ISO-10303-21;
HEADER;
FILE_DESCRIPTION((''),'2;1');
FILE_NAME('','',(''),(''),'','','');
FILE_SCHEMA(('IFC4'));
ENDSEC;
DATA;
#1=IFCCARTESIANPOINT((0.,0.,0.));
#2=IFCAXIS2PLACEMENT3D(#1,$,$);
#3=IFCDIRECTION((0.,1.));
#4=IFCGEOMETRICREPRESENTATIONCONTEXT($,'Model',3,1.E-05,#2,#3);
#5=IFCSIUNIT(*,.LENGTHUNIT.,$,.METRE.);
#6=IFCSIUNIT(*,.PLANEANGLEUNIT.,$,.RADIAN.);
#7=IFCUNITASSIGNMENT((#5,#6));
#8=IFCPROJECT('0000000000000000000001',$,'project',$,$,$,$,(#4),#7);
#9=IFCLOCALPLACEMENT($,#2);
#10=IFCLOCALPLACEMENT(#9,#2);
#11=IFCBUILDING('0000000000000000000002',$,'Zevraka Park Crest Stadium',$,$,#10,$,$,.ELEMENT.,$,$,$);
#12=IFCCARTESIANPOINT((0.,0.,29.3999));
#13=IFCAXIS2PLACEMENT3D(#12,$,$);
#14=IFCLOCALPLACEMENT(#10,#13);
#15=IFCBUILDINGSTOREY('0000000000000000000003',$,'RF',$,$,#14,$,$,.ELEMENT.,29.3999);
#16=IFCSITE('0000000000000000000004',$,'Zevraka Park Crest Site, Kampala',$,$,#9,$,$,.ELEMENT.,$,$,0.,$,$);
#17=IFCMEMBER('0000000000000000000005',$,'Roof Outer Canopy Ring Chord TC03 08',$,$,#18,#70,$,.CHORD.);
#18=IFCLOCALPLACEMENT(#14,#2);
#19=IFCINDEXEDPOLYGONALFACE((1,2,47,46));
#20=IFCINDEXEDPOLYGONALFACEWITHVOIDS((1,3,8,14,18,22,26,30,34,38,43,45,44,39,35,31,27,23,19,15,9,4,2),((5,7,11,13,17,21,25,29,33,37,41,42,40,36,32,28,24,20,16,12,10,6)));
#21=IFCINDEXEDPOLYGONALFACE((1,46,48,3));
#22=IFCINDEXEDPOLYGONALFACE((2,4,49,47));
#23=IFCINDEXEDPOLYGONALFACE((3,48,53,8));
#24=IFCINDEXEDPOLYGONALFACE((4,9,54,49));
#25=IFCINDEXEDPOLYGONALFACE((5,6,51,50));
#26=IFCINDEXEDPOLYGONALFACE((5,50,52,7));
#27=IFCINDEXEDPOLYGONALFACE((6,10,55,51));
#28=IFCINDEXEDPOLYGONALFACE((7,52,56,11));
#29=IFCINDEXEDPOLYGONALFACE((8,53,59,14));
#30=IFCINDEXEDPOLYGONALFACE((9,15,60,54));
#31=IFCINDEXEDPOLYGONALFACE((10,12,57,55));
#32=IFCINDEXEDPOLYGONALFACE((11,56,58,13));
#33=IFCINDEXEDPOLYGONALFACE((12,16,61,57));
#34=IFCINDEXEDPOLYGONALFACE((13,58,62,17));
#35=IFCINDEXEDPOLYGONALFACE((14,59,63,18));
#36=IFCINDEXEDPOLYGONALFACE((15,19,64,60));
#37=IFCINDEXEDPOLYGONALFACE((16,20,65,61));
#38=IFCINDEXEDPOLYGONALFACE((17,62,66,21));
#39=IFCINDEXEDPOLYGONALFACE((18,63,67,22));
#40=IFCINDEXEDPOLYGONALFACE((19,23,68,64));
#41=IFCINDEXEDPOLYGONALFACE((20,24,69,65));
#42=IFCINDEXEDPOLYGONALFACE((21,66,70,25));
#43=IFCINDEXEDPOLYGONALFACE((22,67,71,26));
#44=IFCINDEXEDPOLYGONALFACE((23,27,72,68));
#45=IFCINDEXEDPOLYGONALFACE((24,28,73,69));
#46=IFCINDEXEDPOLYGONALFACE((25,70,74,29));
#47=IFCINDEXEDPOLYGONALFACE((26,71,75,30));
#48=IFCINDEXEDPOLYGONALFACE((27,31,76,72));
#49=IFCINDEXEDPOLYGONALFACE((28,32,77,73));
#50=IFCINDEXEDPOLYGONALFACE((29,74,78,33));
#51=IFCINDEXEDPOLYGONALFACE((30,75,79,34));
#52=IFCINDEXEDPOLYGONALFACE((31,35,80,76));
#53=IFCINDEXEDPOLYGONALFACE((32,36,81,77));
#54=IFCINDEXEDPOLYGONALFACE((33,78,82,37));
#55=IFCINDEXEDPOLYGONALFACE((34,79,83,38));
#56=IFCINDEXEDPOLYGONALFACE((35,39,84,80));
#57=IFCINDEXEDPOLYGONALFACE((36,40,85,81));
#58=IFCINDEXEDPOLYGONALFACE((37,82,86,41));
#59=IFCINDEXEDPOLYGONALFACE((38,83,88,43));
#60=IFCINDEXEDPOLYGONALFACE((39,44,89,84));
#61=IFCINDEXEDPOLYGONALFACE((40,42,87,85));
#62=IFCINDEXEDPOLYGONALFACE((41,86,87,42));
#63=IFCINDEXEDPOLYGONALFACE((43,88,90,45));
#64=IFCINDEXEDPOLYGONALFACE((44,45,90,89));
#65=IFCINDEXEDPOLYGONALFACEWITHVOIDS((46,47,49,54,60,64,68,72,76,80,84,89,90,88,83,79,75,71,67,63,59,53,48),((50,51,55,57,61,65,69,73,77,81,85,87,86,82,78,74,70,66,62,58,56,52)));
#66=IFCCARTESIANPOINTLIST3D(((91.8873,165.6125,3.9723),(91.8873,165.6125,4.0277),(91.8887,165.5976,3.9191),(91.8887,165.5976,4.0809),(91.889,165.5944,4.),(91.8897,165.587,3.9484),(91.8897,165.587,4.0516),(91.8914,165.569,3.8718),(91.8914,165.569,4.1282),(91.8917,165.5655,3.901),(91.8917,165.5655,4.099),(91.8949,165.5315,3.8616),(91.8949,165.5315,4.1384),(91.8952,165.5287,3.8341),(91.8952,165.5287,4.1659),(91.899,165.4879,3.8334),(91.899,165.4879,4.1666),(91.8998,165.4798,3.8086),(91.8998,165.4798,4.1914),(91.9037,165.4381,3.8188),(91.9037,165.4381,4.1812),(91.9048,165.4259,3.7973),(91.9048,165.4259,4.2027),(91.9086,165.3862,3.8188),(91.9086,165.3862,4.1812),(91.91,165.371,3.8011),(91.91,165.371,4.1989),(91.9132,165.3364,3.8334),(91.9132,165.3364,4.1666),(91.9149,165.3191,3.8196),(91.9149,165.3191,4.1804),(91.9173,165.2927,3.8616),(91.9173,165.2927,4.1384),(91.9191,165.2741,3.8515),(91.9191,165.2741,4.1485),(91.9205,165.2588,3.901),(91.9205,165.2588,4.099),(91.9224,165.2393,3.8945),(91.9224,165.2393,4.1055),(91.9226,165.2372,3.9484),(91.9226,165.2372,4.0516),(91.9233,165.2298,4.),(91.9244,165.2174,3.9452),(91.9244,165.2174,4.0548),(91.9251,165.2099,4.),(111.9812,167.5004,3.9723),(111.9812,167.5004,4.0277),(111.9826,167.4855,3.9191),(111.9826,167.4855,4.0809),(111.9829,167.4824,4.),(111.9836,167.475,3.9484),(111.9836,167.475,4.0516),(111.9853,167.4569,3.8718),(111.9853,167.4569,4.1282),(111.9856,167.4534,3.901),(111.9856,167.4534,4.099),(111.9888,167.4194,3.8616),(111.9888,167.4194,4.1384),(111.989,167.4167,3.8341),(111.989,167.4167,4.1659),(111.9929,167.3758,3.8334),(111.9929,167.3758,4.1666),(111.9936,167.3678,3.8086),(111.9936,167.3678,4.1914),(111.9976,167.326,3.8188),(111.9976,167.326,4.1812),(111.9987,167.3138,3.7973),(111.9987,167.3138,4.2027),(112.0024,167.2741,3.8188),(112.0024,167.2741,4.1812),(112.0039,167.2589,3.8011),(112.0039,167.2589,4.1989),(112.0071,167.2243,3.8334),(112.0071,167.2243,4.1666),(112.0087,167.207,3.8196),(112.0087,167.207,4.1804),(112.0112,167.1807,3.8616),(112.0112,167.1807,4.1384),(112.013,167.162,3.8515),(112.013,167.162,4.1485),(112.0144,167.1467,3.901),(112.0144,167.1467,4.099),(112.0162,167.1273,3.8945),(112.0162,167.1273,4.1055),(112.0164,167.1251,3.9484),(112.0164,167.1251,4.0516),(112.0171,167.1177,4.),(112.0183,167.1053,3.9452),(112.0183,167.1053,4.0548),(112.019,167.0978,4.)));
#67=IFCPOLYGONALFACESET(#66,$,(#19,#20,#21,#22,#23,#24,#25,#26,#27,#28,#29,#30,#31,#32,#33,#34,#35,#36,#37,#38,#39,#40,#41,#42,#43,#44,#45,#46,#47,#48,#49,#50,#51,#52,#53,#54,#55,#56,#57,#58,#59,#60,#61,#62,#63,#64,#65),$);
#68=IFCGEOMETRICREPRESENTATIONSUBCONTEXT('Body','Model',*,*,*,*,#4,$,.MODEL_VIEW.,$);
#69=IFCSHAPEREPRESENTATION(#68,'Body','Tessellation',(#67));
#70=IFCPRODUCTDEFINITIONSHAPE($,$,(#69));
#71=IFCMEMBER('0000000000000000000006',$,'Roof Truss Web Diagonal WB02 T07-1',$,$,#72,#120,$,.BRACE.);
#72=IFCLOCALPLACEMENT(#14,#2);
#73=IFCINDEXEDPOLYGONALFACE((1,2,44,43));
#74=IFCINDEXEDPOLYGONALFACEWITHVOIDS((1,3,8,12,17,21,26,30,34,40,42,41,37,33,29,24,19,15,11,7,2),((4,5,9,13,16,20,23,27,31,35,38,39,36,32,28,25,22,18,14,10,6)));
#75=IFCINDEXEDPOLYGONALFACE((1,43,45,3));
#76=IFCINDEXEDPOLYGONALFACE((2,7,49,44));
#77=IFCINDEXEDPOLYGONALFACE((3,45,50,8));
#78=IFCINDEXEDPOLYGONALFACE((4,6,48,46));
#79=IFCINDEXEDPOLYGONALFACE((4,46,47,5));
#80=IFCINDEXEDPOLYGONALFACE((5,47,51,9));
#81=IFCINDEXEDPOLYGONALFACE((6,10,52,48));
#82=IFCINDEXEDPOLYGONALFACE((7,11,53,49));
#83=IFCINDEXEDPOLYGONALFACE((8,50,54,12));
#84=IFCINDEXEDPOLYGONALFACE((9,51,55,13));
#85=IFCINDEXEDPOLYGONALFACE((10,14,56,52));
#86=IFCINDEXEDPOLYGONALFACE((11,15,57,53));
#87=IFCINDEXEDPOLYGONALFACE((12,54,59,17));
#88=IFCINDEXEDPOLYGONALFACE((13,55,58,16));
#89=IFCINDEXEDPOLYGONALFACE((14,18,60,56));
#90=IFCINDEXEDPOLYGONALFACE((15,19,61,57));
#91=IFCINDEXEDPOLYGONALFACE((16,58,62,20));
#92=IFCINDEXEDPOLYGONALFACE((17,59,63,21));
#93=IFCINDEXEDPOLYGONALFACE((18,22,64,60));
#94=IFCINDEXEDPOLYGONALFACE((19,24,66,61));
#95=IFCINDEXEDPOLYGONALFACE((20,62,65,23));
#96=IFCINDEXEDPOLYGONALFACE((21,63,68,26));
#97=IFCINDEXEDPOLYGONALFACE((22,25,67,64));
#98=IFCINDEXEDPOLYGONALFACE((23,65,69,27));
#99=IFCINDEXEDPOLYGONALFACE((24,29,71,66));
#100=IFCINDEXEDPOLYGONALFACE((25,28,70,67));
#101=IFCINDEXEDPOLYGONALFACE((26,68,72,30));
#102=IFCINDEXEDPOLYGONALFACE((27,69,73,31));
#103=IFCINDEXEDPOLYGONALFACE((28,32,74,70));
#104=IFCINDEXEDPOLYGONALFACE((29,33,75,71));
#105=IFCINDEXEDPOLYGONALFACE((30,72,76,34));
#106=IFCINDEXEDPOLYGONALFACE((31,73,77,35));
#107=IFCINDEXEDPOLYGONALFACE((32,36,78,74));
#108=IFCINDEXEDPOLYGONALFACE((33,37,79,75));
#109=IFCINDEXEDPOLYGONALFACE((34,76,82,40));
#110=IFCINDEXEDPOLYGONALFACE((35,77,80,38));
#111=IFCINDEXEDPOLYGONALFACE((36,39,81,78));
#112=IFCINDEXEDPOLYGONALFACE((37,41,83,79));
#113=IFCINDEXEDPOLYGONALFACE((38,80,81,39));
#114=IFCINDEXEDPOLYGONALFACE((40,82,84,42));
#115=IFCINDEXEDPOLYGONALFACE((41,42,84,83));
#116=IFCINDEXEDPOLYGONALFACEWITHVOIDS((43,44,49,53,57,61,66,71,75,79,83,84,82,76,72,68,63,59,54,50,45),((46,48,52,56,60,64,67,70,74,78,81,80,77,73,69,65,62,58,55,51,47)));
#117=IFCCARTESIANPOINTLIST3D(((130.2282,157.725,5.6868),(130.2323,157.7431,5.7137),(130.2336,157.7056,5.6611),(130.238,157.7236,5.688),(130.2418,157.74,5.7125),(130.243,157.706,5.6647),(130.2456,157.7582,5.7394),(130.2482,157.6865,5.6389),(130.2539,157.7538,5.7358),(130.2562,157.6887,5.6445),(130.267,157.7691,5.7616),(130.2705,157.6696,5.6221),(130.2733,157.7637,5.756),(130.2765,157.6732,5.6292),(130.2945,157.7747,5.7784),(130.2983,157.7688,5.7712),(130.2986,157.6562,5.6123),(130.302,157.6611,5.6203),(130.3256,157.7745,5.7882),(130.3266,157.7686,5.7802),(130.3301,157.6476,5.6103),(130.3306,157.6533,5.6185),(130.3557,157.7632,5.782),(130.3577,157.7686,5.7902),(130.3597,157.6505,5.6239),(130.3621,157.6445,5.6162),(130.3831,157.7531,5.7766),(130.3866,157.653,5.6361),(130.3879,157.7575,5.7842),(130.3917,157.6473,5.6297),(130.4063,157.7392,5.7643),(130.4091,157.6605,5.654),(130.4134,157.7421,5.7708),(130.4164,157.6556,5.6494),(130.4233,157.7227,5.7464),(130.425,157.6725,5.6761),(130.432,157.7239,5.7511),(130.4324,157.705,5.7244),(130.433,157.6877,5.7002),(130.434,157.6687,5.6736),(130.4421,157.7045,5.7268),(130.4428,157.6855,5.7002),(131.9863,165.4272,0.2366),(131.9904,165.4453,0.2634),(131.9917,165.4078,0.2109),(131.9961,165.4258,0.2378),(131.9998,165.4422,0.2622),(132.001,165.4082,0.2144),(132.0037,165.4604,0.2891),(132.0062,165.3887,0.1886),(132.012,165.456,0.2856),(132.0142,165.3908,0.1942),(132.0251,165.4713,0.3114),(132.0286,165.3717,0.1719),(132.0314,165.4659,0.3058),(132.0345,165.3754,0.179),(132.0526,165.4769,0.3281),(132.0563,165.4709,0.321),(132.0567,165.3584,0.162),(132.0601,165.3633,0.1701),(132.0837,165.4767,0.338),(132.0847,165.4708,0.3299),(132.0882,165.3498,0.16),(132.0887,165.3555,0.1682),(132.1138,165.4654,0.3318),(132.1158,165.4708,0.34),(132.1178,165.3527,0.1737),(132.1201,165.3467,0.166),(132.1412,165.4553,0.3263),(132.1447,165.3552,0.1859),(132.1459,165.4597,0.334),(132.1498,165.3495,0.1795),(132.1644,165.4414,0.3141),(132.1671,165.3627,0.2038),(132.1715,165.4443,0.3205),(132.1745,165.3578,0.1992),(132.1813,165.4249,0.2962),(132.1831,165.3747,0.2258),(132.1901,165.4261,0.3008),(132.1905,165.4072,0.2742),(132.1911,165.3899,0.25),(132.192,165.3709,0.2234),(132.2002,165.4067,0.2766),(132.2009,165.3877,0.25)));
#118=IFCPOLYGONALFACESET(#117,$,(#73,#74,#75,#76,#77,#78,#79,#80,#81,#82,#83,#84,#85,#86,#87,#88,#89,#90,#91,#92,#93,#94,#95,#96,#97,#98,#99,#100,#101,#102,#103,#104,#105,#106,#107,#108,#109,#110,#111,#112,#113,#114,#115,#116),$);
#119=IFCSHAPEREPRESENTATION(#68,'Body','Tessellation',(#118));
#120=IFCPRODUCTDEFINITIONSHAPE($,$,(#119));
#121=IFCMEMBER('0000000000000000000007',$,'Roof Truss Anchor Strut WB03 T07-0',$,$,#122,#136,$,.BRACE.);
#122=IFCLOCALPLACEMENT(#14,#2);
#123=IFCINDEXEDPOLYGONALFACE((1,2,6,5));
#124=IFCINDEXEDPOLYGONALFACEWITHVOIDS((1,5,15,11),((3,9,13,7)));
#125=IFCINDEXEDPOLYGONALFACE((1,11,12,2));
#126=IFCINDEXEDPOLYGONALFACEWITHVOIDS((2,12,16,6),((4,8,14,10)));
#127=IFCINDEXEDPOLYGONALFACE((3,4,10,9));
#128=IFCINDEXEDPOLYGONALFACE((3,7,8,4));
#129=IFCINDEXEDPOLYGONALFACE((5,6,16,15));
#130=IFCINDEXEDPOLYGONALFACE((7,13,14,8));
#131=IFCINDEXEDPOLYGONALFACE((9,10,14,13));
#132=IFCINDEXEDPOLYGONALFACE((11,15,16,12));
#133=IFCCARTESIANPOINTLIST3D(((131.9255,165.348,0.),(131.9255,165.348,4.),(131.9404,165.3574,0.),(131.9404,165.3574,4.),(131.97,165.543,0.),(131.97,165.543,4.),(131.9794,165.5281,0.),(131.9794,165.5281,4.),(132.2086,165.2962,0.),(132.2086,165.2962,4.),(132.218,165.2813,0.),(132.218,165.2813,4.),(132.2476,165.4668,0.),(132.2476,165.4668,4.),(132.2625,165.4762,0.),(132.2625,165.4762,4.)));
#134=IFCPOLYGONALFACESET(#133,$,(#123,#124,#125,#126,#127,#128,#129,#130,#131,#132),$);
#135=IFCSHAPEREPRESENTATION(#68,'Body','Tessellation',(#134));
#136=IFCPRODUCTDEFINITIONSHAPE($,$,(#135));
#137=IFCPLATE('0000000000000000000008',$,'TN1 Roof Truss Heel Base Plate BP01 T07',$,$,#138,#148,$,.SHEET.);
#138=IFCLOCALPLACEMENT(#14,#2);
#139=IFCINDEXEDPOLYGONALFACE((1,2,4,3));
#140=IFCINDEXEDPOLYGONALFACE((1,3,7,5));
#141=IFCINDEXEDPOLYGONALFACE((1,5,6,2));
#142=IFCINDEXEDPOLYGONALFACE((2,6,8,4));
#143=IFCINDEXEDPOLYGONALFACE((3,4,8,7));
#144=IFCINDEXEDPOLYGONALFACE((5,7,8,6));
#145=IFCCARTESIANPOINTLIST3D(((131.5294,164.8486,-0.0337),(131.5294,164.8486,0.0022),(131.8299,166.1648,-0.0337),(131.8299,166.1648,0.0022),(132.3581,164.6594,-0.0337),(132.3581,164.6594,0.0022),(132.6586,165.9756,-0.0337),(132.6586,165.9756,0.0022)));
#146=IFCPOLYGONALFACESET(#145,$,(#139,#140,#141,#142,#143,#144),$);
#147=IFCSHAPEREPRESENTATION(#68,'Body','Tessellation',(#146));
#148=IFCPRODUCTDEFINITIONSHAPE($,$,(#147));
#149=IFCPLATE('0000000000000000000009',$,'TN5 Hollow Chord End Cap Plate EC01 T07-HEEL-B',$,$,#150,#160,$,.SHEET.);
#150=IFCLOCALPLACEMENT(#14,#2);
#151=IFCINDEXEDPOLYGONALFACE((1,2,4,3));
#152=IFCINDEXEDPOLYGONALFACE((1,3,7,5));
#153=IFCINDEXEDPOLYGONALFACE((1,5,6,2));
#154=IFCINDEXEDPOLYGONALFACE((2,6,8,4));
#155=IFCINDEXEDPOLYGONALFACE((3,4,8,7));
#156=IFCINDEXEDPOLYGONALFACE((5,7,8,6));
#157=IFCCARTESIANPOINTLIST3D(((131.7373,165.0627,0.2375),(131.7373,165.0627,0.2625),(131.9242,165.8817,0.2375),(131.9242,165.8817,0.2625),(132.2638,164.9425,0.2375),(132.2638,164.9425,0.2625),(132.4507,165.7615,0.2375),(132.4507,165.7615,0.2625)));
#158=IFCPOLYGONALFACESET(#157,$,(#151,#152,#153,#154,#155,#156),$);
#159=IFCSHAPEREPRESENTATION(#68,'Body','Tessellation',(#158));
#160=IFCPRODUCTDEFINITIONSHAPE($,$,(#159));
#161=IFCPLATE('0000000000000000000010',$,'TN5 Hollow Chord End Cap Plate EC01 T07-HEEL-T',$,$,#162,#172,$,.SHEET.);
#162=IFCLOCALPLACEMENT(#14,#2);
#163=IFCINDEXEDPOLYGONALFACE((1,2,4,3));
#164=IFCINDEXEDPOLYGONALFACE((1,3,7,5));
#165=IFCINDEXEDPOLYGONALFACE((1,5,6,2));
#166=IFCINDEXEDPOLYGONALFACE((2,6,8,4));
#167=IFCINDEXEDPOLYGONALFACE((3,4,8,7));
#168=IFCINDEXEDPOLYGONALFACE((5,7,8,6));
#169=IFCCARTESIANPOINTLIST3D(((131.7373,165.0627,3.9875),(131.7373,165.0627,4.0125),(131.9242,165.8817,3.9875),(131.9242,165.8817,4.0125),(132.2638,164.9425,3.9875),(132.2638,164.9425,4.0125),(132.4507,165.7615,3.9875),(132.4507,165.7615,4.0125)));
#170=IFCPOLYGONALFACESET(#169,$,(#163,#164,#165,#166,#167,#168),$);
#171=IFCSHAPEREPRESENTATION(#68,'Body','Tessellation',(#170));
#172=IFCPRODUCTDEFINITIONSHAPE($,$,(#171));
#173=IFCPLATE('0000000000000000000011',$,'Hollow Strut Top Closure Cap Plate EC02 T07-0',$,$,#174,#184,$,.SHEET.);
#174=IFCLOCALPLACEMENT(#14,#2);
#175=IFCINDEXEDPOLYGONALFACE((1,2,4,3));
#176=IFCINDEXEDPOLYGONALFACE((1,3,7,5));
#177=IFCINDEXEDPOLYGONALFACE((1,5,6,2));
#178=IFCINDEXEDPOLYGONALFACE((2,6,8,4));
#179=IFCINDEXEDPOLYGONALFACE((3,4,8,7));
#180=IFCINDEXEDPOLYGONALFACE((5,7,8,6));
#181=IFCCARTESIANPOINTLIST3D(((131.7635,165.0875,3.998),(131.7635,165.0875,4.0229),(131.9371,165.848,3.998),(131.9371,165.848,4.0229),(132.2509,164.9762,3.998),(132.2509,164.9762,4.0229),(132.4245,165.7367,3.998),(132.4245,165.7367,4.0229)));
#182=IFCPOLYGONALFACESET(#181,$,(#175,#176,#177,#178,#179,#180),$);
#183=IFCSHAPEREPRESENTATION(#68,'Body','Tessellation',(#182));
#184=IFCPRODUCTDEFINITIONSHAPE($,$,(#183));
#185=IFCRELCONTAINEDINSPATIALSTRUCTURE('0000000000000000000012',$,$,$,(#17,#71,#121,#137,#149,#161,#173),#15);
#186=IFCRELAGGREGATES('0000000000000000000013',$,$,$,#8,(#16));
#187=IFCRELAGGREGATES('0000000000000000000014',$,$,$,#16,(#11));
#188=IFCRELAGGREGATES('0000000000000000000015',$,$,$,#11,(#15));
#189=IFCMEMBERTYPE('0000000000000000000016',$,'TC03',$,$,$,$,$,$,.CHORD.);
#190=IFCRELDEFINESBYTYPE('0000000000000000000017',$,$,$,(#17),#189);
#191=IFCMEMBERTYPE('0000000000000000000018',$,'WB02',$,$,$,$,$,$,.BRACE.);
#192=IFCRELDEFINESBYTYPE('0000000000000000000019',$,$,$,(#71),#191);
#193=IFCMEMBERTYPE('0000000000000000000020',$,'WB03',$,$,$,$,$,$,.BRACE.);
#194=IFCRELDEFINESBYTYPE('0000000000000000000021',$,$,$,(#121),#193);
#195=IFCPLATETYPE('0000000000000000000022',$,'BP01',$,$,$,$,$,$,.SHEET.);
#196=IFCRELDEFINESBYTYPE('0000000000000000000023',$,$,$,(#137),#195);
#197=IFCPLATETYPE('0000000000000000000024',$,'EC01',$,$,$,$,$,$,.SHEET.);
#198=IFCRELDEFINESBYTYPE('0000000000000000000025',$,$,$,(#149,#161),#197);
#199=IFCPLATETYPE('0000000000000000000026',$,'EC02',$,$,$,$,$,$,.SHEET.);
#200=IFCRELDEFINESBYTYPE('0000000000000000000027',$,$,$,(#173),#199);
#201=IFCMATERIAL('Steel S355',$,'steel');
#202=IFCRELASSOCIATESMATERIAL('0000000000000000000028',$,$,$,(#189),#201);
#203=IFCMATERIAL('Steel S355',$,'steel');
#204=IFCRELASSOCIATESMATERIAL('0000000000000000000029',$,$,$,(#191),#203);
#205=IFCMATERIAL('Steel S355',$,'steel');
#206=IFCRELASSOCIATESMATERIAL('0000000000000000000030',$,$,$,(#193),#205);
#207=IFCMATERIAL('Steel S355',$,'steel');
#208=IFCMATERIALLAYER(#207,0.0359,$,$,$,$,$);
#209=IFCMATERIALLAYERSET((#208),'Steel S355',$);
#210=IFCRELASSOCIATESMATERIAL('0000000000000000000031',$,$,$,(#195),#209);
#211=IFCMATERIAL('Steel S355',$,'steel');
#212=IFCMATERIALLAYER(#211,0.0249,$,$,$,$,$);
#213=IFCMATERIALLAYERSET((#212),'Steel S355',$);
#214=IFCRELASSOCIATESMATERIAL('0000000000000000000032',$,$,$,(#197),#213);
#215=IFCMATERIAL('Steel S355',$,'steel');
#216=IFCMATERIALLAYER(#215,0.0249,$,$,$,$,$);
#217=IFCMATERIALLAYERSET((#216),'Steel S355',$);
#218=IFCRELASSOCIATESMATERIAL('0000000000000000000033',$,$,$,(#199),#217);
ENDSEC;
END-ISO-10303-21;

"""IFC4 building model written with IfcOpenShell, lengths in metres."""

from ifc_helpers import new_model, si_unit, direction, frame, origin, origin_2d, place, context, subcontext, project, spatial, rectangle, hollow_rectangle, hollow_circle, extrude, material, layer, layer_set, material_profile, profile_set, type_object, element, save


model = new_model("IFC4")

# Units and contexts
model_context = context("Model", 3, precision=1e-05, world=origin(), true_north=direction((0.0, 1.0)))
body_context = subcontext(model_context, "Body", "Model", "MODEL_VIEW")
ifc_project = project(units=[si_unit("LENGTHUNIT", "METRE"), si_unit("PLANEANGLEUNIT", "RADIAN")], contexts=[model_context])

# Site, building, storey
site_placement = place(None, origin())
site = spatial("IfcSite", under=ifc_project, at=site_placement, Name="Zevraka Park Crest Site, Kampala", CompositionType="ELEMENT", RefElevation=0.0)
building_placement = place(site_placement, origin())
building = spatial("IfcBuilding", under=site, at=building_placement, Name="Zevraka Park Crest Stadium", CompositionType="ELEMENT")
storey_placement = place(building_placement, frame((0.0, 0.0, 29.3999)))
storey = spatial("IfcBuildingStorey", under=building, at=storey_placement, Name="RF", CompositionType="ELEMENT", Elevation=29.3999)

# Members
ifc_material_1 = material(Name="Steel S355", Category="steel")
ifc_material_profile_1 = material_profile(ifc_material_1, hollow_circle(Radius=0.2031, WallThickness=0.02, at=origin_2d()), Name="CHS 406.4x20")
ifc_profile_set_1 = profile_set([ifc_material_profile_1], Name="Steel S355")
member_type_1 = type_object("IfcMemberType", Name="TC03", PredefinedType="CHORD", material=ifc_profile_set_1)
for number, where, z_axis, x_axis, name in (
    (1, (112.0, 167.3, 4.0), (-0.995615, -0.093543, 0.0), (0.093543, -0.995615, 0.0), "Roof Outer Canopy Ring Chord TC03 08"),
):
    element("IfcMember", number, at=place(storey_placement, frame(where, z_axis=z_axis, x_axis=x_axis)), inside=storey, type_object=member_type_1, Name=name, PredefinedType="CHORD", context=body_context, shape_type="SweptSolid", body=[
        extrude(hollow_circle(Radius=0.2031, WallThickness=0.02, at=origin_2d()), origin(), (0.0, 0.0, 1.0), 20.1824),
    ])
ifc_material_2 = material(Name="Steel S355", Category="steel")
ifc_material_profile_2 = material_profile(ifc_material_2, hollow_circle(Radius=0.1096, WallThickness=0.01, at=origin_2d()), Name="CHS 219.1x10")
ifc_profile_set_2 = profile_set([ifc_material_profile_2], Name="Steel S355")
member_type_2 = type_object("IfcMemberType", Name="WB02", PredefinedType="BRACE", material=ifc_profile_set_2)
member_1_placement = place(storey_placement, frame((132.094, 165.4121, 0.25), z_axis=(-0.183172, -0.802488, 0.567857), x_axis=(0.974925, -0.222532, 0.0)))
element("IfcMember", 2, at=member_1_placement, inside=storey, type_object=member_type_2, Name="Roof Truss Web Diagonal WB02 T07-1", PredefinedType="BRACE", context=body_context, shape_type="SweptSolid", body=[
    extrude(hollow_circle(Radius=0.1096, WallThickness=0.01, at=origin_2d()), origin(), (0.0, 0.0, 1.0), 9.5979),
])
ifc_material_3 = material(Name="Steel S355", Category="steel")
ifc_material_profile_3 = material_profile(ifc_material_3, hollow_rectangle(XDim=0.2, YDim=0.3, WallThickness=0.0125, at=origin_2d()), Name="RHS 300x200x12.5")
ifc_profile_set_3 = profile_set([ifc_material_profile_3], Name="Steel S355")
member_type_3 = type_object("IfcMemberType", Name="WB03", PredefinedType="BRACE", material=ifc_profile_set_3)
member_2_placement = place(storey_placement, frame((132.094, 165.4121, 0.0), z_axis=(0.0, 0.0, 1.0), x_axis=(0.22257, 0.974917, 0.0)))
element("IfcMember", 3, at=member_2_placement, inside=storey, type_object=member_type_3, Name="Roof Truss Anchor Strut WB03 T07-0", PredefinedType="BRACE", context=body_context, shape_type="SweptSolid", body=[
    extrude(hollow_rectangle(XDim=0.2, YDim=0.3, WallThickness=0.0125, at=origin_2d()), origin(), (0.0, 0.0, 1.0), 4.0),
])

# Plates
ifc_material_4 = material(Name="Steel S355", Category="steel")
ifc_layer_1 = layer(ifc_material_4, 0.0359)
ifc_layer_set_1 = layer_set([ifc_layer_1], Name="Steel S355")
plate_type_1 = type_object("IfcPlateType", Name="BP01", PredefinedType="SHEET", material=ifc_layer_set_1)
plate_1_placement = place(storey_placement, frame((132.094, 165.4121, -0.0337), z_axis=(0.0, 0.0, 1.0), x_axis=(0.22257, 0.974917, 0.0)))
element("IfcPlate", 4, at=plate_1_placement, inside=storey, type_object=plate_type_1, Name="TN1 Roof Truss Heel Base Plate BP01 T07", PredefinedType="SHEET", context=body_context, shape_type="SweptSolid", body=[
    extrude(rectangle(XDim=1.3501, YDim=0.8501, at=origin_2d()), origin(), (0.0, 0.0, 1.0), 0.0359),
])
ifc_material_5 = material(Name="Steel S355", Category="steel")
ifc_layer_2 = layer(ifc_material_5, 0.0249)
ifc_layer_set_2 = layer_set([ifc_layer_2], Name="Steel S355")
plate_type_2 = type_object("IfcPlateType", Name="EC01", PredefinedType="SHEET", material=ifc_layer_set_2)
for number, where, z_axis, x_axis, name in (
    (5, (132.094, 165.4121, 0.2375), (0.0, 0.0, 1.0), (0.22257, 0.974917, 0.0), "TN5 Hollow Chord End Cap Plate EC01 T07-HEEL-B"),
    (6, (132.094, 165.4121, 3.9875), (0.0, 0.0, 1.0), (0.22257, 0.974917, 0.0), "TN5 Hollow Chord End Cap Plate EC01 T07-HEEL-T"),
):
    element("IfcPlate", number, at=place(storey_placement, frame(where, z_axis=z_axis, x_axis=x_axis)), inside=storey, type_object=plate_type_2, Name=name, PredefinedType="SHEET", context=body_context, shape_type="SweptSolid", body=[
        extrude(rectangle(XDim=0.8401, YDim=0.54, at=origin_2d()), origin(), (0.0, 0.0, 1.0), 0.0249),
    ])
ifc_material_6 = material(Name="Steel S355", Category="steel")
ifc_layer_3 = layer(ifc_material_6, 0.0249)
ifc_layer_set_3 = layer_set([ifc_layer_3], Name="Steel S355")
plate_type_3 = type_object("IfcPlateType", Name="EC02", PredefinedType="SHEET", material=ifc_layer_set_3)
plate_2_placement = place(storey_placement, frame((132.094, 165.4121, 3.998), z_axis=(0.0, 0.0, 1.0), x_axis=(0.22257, 0.974917, 0.0)))
element("IfcPlate", 7, at=plate_2_placement, inside=storey, type_object=plate_type_3, Name="Hollow Strut Top Closure Cap Plate EC02 T07-0", PredefinedType="SHEET", context=body_context, shape_type="SweptSolid", body=[
    extrude(rectangle(XDim=0.78, YDim=0.5, at=origin_2d()), origin(), (0.0, 0.0, 1.0), 0.0249),
])

save(model, "model.ifc")
